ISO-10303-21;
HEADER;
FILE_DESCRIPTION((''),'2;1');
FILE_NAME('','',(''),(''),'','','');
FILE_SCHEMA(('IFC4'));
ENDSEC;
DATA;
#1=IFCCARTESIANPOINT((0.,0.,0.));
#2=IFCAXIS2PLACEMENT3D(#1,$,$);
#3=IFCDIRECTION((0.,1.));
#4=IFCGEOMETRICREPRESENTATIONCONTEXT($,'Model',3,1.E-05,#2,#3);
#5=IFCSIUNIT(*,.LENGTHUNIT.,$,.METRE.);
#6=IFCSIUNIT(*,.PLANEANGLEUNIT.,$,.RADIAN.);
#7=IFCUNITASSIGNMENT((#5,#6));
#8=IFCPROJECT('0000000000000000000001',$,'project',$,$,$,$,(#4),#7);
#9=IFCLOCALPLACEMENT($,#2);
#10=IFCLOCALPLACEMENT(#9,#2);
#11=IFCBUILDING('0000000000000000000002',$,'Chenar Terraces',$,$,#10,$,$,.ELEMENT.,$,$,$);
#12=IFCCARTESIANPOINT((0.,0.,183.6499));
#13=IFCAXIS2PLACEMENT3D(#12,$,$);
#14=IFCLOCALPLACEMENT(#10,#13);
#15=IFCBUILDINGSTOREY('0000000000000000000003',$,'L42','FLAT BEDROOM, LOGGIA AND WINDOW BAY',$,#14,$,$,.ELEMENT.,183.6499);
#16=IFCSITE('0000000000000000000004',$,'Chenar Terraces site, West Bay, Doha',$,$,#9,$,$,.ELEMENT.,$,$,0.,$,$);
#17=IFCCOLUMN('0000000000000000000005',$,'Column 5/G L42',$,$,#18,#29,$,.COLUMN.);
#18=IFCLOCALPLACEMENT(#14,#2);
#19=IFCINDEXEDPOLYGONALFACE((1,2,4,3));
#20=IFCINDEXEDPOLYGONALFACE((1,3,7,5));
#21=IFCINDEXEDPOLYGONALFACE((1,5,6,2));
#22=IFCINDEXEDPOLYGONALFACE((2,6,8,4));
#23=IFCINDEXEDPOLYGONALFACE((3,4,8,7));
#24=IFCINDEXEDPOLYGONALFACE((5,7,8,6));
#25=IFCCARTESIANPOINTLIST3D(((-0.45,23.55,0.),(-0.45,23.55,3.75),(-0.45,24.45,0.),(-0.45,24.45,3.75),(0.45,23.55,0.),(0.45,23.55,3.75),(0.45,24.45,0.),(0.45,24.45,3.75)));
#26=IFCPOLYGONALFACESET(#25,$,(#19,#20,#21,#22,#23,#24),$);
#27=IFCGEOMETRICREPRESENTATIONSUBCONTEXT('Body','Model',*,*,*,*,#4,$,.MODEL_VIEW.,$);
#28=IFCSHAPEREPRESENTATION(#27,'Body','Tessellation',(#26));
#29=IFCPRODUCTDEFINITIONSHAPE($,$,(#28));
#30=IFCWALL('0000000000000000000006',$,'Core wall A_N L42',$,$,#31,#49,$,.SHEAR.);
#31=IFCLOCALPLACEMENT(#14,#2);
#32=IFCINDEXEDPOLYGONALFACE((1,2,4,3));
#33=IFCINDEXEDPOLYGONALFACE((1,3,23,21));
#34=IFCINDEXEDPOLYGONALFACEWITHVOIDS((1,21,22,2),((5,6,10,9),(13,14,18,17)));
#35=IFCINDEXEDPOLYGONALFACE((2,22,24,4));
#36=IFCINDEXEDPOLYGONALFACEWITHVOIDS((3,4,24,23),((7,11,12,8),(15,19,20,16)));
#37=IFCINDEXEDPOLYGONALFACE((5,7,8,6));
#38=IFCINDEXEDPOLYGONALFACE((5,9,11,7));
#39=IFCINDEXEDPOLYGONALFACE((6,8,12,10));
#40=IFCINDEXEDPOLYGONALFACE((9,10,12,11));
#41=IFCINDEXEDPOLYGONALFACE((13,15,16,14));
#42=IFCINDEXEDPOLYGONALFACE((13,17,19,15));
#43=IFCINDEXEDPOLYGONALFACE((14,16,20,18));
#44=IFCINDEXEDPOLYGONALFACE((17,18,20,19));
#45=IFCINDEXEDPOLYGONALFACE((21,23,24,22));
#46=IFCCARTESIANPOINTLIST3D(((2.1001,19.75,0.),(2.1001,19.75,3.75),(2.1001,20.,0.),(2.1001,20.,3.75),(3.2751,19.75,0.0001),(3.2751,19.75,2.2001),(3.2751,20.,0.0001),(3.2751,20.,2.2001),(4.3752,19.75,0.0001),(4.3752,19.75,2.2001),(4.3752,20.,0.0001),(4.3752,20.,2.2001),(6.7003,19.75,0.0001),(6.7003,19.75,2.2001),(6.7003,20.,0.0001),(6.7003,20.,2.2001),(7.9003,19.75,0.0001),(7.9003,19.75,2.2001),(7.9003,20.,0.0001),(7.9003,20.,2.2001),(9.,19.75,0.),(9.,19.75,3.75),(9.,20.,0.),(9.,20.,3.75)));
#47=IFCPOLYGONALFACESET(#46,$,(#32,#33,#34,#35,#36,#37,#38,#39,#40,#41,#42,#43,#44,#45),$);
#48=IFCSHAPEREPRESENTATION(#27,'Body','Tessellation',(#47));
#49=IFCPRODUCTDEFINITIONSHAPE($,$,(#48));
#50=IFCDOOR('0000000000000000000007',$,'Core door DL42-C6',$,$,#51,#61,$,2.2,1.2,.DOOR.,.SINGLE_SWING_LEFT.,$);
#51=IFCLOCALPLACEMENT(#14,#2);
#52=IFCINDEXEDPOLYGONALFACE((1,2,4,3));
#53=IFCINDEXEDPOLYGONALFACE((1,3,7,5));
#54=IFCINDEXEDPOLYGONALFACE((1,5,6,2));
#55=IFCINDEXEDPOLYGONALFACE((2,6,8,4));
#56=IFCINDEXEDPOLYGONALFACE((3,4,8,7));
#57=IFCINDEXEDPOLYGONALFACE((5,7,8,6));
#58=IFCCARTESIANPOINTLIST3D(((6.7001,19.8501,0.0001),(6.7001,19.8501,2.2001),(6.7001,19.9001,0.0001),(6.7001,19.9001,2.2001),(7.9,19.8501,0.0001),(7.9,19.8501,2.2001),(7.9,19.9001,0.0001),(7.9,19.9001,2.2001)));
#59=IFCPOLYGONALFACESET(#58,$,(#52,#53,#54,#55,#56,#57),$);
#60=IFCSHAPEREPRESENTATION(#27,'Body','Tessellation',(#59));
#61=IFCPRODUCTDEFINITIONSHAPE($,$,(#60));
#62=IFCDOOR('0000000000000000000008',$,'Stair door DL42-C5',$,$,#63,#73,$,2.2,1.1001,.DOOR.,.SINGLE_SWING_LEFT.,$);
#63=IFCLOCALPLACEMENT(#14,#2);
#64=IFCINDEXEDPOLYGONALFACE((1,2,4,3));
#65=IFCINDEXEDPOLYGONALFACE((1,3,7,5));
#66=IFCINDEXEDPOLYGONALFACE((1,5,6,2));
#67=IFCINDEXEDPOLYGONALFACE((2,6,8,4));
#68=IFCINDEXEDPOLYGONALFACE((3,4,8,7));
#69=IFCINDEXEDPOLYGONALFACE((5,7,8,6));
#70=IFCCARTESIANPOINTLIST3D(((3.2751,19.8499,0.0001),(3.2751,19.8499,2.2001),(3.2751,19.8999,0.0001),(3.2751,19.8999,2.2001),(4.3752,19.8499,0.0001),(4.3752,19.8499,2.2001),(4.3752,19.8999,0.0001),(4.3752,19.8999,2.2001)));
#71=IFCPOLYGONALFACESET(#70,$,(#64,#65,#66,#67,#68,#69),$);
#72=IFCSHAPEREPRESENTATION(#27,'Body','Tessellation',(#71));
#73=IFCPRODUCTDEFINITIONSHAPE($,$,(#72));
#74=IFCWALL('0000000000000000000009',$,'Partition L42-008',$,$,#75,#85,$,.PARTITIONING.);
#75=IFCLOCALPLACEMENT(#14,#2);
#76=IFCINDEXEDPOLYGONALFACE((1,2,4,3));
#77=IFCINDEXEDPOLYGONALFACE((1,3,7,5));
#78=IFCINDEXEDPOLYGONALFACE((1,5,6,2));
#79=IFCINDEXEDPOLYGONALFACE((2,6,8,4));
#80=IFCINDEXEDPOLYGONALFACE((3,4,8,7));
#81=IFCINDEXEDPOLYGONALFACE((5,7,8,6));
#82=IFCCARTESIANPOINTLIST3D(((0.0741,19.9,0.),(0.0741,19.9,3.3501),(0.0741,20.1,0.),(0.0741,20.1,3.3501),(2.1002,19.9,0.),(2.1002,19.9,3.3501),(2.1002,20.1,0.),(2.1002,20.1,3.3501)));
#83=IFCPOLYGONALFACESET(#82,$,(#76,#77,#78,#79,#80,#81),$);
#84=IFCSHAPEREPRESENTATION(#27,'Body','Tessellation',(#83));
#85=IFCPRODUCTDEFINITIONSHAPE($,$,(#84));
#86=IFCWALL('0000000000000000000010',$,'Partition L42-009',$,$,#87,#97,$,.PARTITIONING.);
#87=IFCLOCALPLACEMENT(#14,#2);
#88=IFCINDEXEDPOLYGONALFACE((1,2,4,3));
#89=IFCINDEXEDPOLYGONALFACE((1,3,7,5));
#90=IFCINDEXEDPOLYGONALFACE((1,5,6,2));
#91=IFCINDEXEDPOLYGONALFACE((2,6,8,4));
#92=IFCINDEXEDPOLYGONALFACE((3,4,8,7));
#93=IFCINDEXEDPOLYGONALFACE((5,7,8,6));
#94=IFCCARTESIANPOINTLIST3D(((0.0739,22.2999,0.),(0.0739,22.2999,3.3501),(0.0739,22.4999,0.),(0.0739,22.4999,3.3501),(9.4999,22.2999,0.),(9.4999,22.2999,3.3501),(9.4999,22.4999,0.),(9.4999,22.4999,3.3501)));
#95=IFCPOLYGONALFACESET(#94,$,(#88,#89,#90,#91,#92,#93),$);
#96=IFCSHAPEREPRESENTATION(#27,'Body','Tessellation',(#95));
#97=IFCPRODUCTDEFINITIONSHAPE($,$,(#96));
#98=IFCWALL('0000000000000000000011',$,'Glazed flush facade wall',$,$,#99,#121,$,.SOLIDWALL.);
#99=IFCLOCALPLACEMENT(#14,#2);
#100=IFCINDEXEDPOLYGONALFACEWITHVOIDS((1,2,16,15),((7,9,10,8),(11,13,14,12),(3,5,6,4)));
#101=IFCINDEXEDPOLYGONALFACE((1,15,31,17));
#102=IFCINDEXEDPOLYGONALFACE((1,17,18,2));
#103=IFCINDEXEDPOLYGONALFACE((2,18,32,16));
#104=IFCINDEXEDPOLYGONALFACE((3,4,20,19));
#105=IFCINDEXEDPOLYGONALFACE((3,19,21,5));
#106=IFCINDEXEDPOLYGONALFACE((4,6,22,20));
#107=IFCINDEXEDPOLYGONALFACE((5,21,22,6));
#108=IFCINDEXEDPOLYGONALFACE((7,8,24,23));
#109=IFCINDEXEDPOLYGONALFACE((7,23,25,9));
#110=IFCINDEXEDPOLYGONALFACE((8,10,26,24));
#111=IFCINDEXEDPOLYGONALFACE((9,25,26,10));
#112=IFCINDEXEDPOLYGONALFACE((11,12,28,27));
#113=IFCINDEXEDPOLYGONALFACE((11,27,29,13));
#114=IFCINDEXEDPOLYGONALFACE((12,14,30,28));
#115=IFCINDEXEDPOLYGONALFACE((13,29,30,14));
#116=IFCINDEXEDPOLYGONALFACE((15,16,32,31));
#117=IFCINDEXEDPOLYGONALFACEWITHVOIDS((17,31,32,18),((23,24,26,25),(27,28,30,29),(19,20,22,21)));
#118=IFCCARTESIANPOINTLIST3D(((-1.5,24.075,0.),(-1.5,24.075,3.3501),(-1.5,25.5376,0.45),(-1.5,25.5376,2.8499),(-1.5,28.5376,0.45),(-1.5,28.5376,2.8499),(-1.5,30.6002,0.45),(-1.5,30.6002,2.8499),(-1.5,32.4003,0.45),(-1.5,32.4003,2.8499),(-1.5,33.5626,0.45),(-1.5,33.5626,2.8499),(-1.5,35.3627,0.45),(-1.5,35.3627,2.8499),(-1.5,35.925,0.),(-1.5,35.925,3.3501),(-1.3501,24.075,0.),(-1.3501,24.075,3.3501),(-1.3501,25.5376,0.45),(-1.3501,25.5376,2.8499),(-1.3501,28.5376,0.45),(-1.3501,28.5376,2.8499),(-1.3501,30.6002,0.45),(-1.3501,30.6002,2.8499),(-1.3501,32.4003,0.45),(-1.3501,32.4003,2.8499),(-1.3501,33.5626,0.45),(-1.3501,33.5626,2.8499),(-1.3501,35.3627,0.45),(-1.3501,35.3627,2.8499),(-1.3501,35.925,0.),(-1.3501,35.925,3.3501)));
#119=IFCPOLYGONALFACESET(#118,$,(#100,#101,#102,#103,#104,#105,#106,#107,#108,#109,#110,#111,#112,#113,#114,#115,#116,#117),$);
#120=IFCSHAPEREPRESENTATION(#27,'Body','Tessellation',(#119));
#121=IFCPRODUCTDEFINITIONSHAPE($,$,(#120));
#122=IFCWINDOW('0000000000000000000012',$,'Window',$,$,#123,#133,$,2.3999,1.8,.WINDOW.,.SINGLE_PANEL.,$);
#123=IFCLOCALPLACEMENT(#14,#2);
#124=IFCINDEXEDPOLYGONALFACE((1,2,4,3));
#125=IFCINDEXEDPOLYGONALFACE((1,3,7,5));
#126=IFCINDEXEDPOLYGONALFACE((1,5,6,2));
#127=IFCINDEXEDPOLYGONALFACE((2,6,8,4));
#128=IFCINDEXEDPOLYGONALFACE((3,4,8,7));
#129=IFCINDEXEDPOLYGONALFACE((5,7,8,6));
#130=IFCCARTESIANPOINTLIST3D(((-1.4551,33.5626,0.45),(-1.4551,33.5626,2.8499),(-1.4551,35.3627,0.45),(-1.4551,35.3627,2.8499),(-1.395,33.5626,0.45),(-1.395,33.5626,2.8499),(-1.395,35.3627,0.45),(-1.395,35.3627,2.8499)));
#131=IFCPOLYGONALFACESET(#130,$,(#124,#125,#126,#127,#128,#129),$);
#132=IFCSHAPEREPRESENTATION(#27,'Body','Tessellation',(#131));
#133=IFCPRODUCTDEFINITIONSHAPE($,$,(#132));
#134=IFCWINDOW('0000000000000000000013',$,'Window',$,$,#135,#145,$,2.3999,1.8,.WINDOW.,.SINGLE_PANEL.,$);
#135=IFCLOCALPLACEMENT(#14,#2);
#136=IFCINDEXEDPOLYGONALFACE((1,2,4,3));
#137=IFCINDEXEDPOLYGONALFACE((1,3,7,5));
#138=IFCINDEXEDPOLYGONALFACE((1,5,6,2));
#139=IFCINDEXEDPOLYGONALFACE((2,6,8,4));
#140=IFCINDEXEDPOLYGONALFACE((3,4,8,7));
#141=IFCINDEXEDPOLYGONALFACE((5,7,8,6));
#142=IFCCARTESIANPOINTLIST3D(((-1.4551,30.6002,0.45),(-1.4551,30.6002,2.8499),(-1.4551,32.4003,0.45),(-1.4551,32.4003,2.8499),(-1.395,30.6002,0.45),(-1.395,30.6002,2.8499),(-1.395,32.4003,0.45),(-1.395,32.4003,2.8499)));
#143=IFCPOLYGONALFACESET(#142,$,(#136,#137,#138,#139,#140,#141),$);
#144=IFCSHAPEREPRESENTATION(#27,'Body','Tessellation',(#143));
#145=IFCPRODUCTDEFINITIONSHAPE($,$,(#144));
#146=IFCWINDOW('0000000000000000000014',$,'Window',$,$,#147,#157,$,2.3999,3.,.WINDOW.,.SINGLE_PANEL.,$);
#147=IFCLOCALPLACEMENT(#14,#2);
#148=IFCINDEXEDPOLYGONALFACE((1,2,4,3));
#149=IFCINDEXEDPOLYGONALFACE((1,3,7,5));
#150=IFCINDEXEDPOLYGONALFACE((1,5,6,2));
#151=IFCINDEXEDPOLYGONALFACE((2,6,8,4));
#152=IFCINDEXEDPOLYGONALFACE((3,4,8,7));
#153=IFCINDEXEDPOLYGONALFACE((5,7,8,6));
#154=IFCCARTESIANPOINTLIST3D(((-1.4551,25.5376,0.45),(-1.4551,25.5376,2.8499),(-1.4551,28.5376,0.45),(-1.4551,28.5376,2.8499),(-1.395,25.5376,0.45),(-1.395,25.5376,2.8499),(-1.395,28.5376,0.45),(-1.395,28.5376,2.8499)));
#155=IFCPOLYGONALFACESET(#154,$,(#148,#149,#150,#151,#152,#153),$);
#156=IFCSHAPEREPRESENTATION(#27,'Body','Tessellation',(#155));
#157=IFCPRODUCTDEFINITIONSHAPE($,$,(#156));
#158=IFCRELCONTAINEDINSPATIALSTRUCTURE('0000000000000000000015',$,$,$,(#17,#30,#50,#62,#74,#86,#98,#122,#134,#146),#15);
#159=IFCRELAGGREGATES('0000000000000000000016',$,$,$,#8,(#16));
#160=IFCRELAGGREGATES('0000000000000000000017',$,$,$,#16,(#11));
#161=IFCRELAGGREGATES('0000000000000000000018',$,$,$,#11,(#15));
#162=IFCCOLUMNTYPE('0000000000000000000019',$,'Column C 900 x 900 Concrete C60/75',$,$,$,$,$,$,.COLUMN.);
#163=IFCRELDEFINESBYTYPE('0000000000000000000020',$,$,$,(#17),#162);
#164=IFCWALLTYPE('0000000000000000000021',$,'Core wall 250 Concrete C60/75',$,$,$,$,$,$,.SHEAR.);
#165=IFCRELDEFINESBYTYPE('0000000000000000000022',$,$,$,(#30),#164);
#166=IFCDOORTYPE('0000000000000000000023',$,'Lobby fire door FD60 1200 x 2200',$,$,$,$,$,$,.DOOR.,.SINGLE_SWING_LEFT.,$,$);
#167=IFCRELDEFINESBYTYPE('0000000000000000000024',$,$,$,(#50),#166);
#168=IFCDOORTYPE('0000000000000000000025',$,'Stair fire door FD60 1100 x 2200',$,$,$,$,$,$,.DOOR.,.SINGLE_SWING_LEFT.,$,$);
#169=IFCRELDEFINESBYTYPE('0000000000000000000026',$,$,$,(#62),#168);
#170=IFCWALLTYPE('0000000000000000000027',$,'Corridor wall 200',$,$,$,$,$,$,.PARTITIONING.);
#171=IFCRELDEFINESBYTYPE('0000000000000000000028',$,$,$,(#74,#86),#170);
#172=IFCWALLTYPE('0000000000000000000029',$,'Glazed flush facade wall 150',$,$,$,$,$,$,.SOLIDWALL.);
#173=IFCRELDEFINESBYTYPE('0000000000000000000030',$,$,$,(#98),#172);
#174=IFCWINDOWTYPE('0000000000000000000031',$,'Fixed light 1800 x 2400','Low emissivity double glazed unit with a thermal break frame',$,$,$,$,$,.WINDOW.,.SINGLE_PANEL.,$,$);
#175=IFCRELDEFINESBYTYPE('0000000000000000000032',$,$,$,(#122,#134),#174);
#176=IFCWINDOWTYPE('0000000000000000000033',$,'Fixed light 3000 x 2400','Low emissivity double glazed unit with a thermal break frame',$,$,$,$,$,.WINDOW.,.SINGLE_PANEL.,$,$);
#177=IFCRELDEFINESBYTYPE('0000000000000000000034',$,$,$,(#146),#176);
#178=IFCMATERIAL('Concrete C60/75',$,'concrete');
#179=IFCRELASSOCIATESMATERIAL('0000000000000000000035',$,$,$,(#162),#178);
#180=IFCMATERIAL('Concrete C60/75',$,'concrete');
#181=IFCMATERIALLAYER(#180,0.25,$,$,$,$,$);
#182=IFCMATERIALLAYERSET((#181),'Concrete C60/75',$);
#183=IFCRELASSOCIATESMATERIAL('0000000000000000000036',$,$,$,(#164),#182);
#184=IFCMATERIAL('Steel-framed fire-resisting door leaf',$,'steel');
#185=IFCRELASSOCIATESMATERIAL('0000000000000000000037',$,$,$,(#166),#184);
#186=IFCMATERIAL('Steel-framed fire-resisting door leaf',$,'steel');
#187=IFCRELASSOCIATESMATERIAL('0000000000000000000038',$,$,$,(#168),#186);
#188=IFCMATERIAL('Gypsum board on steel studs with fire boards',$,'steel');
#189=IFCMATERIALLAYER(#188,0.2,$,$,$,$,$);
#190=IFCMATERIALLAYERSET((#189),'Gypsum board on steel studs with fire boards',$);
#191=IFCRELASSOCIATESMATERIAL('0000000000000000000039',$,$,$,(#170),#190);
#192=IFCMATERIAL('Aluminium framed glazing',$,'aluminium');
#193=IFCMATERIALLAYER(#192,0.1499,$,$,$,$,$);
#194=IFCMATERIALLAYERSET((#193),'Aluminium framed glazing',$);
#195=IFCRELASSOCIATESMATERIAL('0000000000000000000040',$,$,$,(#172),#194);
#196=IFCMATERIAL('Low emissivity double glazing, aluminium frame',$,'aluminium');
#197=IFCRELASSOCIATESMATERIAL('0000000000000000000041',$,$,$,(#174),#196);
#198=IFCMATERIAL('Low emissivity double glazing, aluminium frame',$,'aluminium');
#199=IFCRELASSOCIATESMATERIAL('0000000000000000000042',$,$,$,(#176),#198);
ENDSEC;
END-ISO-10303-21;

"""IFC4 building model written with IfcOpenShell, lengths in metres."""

from ifc_helpers import new_model, si_unit, direction, frame, frame_2d, origin, origin_2d, place, context, subcontext, project, spatial, rectangle, extrude, material, layer, layer_set, material_profile, profile_set, type_object, element, fill, save


model = new_model("IFC4")

# Units and contexts
model_context = context("Model", 3, precision=1e-05, world=origin(), true_north=direction((0.0, 1.0)))
body_context = subcontext(model_context, "Body", "Model", "MODEL_VIEW")
ifc_project = project(units=[si_unit("LENGTHUNIT", "METRE"), si_unit("PLANEANGLEUNIT", "RADIAN")], contexts=[model_context])

# Site, building, storey
site_placement = place(None, origin())
site = spatial("IfcSite", under=ifc_project, at=site_placement, Name="Chenar Terraces site, West Bay, Doha", CompositionType="ELEMENT", RefElevation=0.0)
building_placement = place(site_placement, origin())
building = spatial("IfcBuilding", under=site, at=building_placement, Name="Chenar Terraces", CompositionType="ELEMENT")
storey_placement = place(building_placement, frame((0.0, 0.0, 183.6499)))
storey = spatial("IfcBuildingStorey", under=building, at=storey_placement, Name="L42", Description="FLAT BEDROOM, LOGGIA AND WINDOW BAY", CompositionType="ELEMENT", Elevation=183.6499)

# Column
ifc_material_1 = material(Name="Concrete C60/75", Category="concrete")
ifc_material_profile = material_profile(ifc_material_1, rectangle(XDim=0.8999, YDim=0.8999, at=origin_2d()), Name="C 900 x 900")
ifc_profile_set = profile_set([ifc_material_profile], Name="Concrete C60/75")
column_type = type_object("IfcColumnType", Name="Column C 900 x 900 Concrete C60/75", PredefinedType="COLUMN", material=ifc_profile_set)
column_placement = place(storey_placement, frame((0.0, 24.0, 0.0), z_axis=(0.0, 0.0, 1.0), x_axis=(1.0, 0.0, 0.0)))
element("IfcColumn", 1, at=column_placement, inside=storey, type_object=column_type, Name="Column 5/G L42", PredefinedType="COLUMN", context=body_context, shape_type="SweptSolid", body=[
    extrude(rectangle(XDim=0.8999, YDim=0.8999, at=origin_2d()), origin(), (0.0, 0.0, 1.0), 3.75),
])

# Wall, openings, doors
ifc_material_2 = material(Name="Concrete C60/75", Category="concrete")
ifc_layer_1 = layer(ifc_material_2, 0.25)
ifc_layer_set_1 = layer_set([ifc_layer_1], Name="Concrete C60/75")
wall_type_1 = type_object("IfcWallType", Name="Core wall 250 Concrete C60/75", PredefinedType="SHEAR", material=ifc_layer_set_1)
wall_1_placement = place(storey_placement, frame((2.1001, 19.875, 0.0), z_axis=(0.0, 0.0, 1.0), x_axis=(1.0, 0.0, 0.0)))
wall_1 = element("IfcWall", 2, at=wall_1_placement, inside=storey, type_object=wall_type_1, Name="Core wall A_N L42", PredefinedType="SHEAR", context=body_context, shape_type="SweptSolid", body=[
    extrude(rectangle(XDim=6.8999, YDim=0.25, at=frame_2d((3.45, 0.0))), origin(), (0.0, 0.0, 1.0), 3.75),
])
opening_1_placement = place(wall_1_placement, frame((1.175, 0.0, 0.0)))
opening_1 = element("IfcOpeningElement", 3, at=opening_1_placement, cuts=wall_1, PredefinedType="OPENING", context=body_context, shape_type="SweptSolid", body=[
    extrude(rectangle(XDim=1.1001, YDim=2.2, at=frame_2d((0.55, 1.1001))), frame((0.0, 0.135, 0.0), z_axis=(0.0, -1.0, 0.0), x_axis=(1.0, 0.0, 0.0)), (0.0, 0.0, 1.0), 0.27),
])
opening_2_placement = place(wall_1_placement, frame((4.6001, 0.0, 0.0)))
opening_2 = element("IfcOpeningElement", 4, at=opening_2_placement, cuts=wall_1, PredefinedType="OPENING", context=body_context, shape_type="SweptSolid", body=[
    extrude(rectangle(XDim=1.2, YDim=2.2, at=frame_2d((0.6001, 1.1001))), frame((0.0, 0.135, 0.0), z_axis=(0.0, -1.0, 0.0), x_axis=(1.0, 0.0, 0.0)), (0.0, 0.0, 1.0), 0.27),
])
ifc_material_3 = material(Name="Steel-framed fire-resisting door leaf", Category="steel")
door_type_1 = type_object("IfcDoorType", Name="Lobby fire door FD60 1200 x 2200", OperationType="SINGLE_SWING_LEFT", PredefinedType="DOOR", material=ifc_material_3)
door_1_placement = place(opening_2_placement, frame((1.2, 0.0, 0.0), z_axis=(0.0, 0.0, 1.0), x_axis=(-1.0, 0.0, 0.0)))
door_1 = element("IfcDoor", 5, at=door_1_placement, inside=storey, type_object=door_type_1, Name="Core door DL42-C6", OperationType="SINGLE_SWING_LEFT", OverallHeight=2.2, OverallWidth=1.2, PredefinedType="DOOR", context=body_context, shape_type="SweptSolid", body=[
    extrude(rectangle(XDim=1.2, YDim=2.2, at=frame_2d((0.6001, 1.1001))), frame((0.0, 0.0249, 0.0), z_axis=(0.0, -1.0, 0.0), x_axis=(1.0, 0.0, 0.0)), (0.0, 0.0, 1.0), 0.05),
])
fill(opening_2, door_1)
ifc_material_4 = material(Name="Steel-framed fire-resisting door leaf", Category="steel")
door_type_2 = type_object("IfcDoorType", Name="Stair fire door FD60 1100 x 2200", OperationType="SINGLE_SWING_LEFT", PredefinedType="DOOR", material=ifc_material_4)
door_2_placement = place(opening_1_placement, origin())
door_2 = element("IfcDoor", 6, at=door_2_placement, inside=storey, type_object=door_type_2, Name="Stair door DL42-C5", OperationType="SINGLE_SWING_LEFT", OverallHeight=2.2, OverallWidth=1.1001, PredefinedType="DOOR", context=body_context, shape_type="SweptSolid", body=[
    extrude(rectangle(XDim=1.1001, YDim=2.2, at=frame_2d((0.55, 1.1001))), frame((0.0, 0.0249, 0.0), z_axis=(0.0, -1.0, 0.0), x_axis=(1.0, 0.0, 0.0)), (0.0, 0.0, 1.0), 0.05),
])
fill(opening_1, door_2)

# Walls
ifc_material_5 = material(Name="Gypsum board on steel studs with fire boards", Category="steel")
ifc_layer_2 = layer(ifc_material_5, 0.2)
ifc_layer_set_2 = layer_set([ifc_layer_2], Name="Gypsum board on steel studs with fire boards")
wall_type_2 = type_object("IfcWallType", Name="Corridor wall 200", PredefinedType="PARTITIONING", material=ifc_layer_set_2)
wall_2_placement = place(storey_placement, frame((0.074, 20.0, 0.0), z_axis=(0.0, 0.0, 1.0), x_axis=(1.0, 0.0, 0.0)))
element("IfcWall", 7, at=wall_2_placement, inside=storey, type_object=wall_type_2, Name="Partition L42-008", PredefinedType="PARTITIONING", context=body_context, shape_type="SweptSolid", body=[
    extrude(rectangle(XDim=2.0261, YDim=0.2, at=frame_2d((1.0132, 0.0))), origin(), (0.0, 0.0, 1.0), 3.3501),
])
wall_3_placement = place(storey_placement, frame((0.074, 22.3999, 0.0), z_axis=(0.0, 0.0, 1.0), x_axis=(1.0, 0.0, 0.0)))
element("IfcWall", 8, at=wall_3_placement, inside=storey, type_object=wall_type_2, Name="Partition L42-009", PredefinedType="PARTITIONING", context=body_context, shape_type="SweptSolid", body=[
    extrude(rectangle(XDim=9.426, YDim=0.2, at=frame_2d((4.7129, 0.0))), origin(), (0.0, 0.0, 1.0), 3.3501),
])

# Wall, openings, windows
ifc_material_6 = material(Name="Aluminium framed glazing", Category="aluminium")
ifc_layer_3 = layer(ifc_material_6, 0.1499)
ifc_layer_set_3 = layer_set([ifc_layer_3], Name="Aluminium framed glazing")
wall_type_3 = type_object("IfcWallType", Name="Glazed flush facade wall 150", PredefinedType="SOLIDWALL", material=ifc_layer_set_3)
wall_4_placement = place(storey_placement, frame((-1.425, 35.925, 0.0), z_axis=(0.0, 0.0, 1.0), x_axis=(0.0, -1.0, 0.0)))
wall_4 = element("IfcWall", 9, at=wall_4_placement, inside=storey, type_object=wall_type_3, Name="Glazed flush facade wall", PredefinedType="SOLIDWALL", context=body_context, shape_type="SweptSolid", body=[
    extrude(rectangle(XDim=11.8501, YDim=0.1499, at=frame_2d((5.925, 0.0))), origin(), (0.0, 0.0, 1.0), 3.3501),
])
opening_3_placement = place(wall_4_placement, frame((0.5625, 0.0, 0.45)))
opening_3 = element("IfcOpeningElement", 10, at=opening_3_placement, cuts=wall_4, PredefinedType="OPENING", context=body_context, shape_type="SweptSolid", body=[
    extrude(rectangle(XDim=1.8, YDim=2.3999, at=frame_2d((0.8999, 1.2))), frame((0.0, 0.085, 0.0), z_axis=(0.0, -1.0, 0.0), x_axis=(1.0, 0.0, 0.0)), (0.0, 0.0, 1.0), 0.1699),
])
opening_4_placement = place(wall_4_placement, frame((3.5249, 0.0, 0.45)))
opening_4 = element("IfcOpeningElement", 11, at=opening_4_placement, cuts=wall_4, PredefinedType="OPENING", context=body_context, shape_type="SweptSolid", body=[
    extrude(rectangle(XDim=1.8, YDim=2.3999, at=frame_2d((0.8999, 1.2))), frame((0.0, 0.085, 0.0), z_axis=(0.0, -1.0, 0.0), x_axis=(1.0, 0.0, 0.0)), (0.0, 0.0, 1.0), 0.1699),
])
opening_5_placement = place(wall_4_placement, frame((7.3875, 0.0, 0.45)))
opening_5 = element("IfcOpeningElement", 12, at=opening_5_placement, cuts=wall_4, PredefinedType="OPENING", context=body_context, shape_type="SweptSolid", body=[
    extrude(rectangle(XDim=3.0, YDim=2.3999, at=frame_2d((1.5, 1.2))), frame((0.0, 0.085, 0.0), z_axis=(0.0, -1.0, 0.0), x_axis=(1.0, 0.0, 0.0)), (0.0, 0.0, 1.0), 0.1699),
])
ifc_material_7 = material(Name="Low emissivity double glazing, aluminium frame", Category="aluminium")
window_type_1 = type_object("IfcWindowType", Name="Fixed light 1800 x 2400", Description="Low emissivity double glazed unit with a thermal break frame", PartitioningType="SINGLE_PANEL", PredefinedType="WINDOW", material=ifc_material_7)
window_1_placement = place(opening_3_placement, origin())
window_1 = element("IfcWindow", 13, at=window_1_placement, inside=storey, type_object=window_type_1, Name="Window", OverallHeight=2.3999, OverallWidth=1.8, PartitioningType="SINGLE_PANEL", PredefinedType="WINDOW", context=body_context, shape_type="SweptSolid", body=[
    extrude(rectangle(XDim=1.8, YDim=2.3999, at=frame_2d((0.8999, 1.2))), frame((0.0, 0.03, 0.0), z_axis=(0.0, -1.0, 0.0), x_axis=(1.0, 0.0, 0.0)), (0.0, 0.0, 1.0), 0.0601),
])
fill(opening_3, window_1)
window_2_placement = place(opening_4_placement, origin())
window_2 = element("IfcWindow", 14, at=window_2_placement, inside=storey, type_object=window_type_1, Name="Window", OverallHeight=2.3999, OverallWidth=1.8, PartitioningType="SINGLE_PANEL", PredefinedType="WINDOW", context=body_context, shape_type="SweptSolid", body=[
    extrude(rectangle(XDim=1.8, YDim=2.3999, at=frame_2d((0.8999, 1.2))), frame((0.0, 0.03, 0.0), z_axis=(0.0, -1.0, 0.0), x_axis=(1.0, 0.0, 0.0)), (0.0, 0.0, 1.0), 0.0601),
])
fill(opening_4, window_2)
ifc_material_8 = material(Name="Low emissivity double glazing, aluminium frame", Category="aluminium")
window_type_2 = type_object("IfcWindowType", Name="Fixed light 3000 x 2400", Description="Low emissivity double glazed unit with a thermal break frame", PartitioningType="SINGLE_PANEL", PredefinedType="WINDOW", material=ifc_material_8)
window_3_placement = place(opening_5_placement, origin())
window_3 = element("IfcWindow", 15, at=window_3_placement, inside=storey, type_object=window_type_2, Name="Window", OverallHeight=2.3999, OverallWidth=3.0, PartitioningType="SINGLE_PANEL", PredefinedType="WINDOW", context=body_context, shape_type="SweptSolid", body=[
    extrude(rectangle(XDim=3.0, YDim=2.3999, at=frame_2d((1.5, 1.2))), frame((0.0, 0.03, 0.0), z_axis=(0.0, -1.0, 0.0), x_axis=(1.0, 0.0, 0.0)), (0.0, 0.0, 1.0), 0.0601),
])
fill(opening_5, window_3)

save(model, "model.ifc")
